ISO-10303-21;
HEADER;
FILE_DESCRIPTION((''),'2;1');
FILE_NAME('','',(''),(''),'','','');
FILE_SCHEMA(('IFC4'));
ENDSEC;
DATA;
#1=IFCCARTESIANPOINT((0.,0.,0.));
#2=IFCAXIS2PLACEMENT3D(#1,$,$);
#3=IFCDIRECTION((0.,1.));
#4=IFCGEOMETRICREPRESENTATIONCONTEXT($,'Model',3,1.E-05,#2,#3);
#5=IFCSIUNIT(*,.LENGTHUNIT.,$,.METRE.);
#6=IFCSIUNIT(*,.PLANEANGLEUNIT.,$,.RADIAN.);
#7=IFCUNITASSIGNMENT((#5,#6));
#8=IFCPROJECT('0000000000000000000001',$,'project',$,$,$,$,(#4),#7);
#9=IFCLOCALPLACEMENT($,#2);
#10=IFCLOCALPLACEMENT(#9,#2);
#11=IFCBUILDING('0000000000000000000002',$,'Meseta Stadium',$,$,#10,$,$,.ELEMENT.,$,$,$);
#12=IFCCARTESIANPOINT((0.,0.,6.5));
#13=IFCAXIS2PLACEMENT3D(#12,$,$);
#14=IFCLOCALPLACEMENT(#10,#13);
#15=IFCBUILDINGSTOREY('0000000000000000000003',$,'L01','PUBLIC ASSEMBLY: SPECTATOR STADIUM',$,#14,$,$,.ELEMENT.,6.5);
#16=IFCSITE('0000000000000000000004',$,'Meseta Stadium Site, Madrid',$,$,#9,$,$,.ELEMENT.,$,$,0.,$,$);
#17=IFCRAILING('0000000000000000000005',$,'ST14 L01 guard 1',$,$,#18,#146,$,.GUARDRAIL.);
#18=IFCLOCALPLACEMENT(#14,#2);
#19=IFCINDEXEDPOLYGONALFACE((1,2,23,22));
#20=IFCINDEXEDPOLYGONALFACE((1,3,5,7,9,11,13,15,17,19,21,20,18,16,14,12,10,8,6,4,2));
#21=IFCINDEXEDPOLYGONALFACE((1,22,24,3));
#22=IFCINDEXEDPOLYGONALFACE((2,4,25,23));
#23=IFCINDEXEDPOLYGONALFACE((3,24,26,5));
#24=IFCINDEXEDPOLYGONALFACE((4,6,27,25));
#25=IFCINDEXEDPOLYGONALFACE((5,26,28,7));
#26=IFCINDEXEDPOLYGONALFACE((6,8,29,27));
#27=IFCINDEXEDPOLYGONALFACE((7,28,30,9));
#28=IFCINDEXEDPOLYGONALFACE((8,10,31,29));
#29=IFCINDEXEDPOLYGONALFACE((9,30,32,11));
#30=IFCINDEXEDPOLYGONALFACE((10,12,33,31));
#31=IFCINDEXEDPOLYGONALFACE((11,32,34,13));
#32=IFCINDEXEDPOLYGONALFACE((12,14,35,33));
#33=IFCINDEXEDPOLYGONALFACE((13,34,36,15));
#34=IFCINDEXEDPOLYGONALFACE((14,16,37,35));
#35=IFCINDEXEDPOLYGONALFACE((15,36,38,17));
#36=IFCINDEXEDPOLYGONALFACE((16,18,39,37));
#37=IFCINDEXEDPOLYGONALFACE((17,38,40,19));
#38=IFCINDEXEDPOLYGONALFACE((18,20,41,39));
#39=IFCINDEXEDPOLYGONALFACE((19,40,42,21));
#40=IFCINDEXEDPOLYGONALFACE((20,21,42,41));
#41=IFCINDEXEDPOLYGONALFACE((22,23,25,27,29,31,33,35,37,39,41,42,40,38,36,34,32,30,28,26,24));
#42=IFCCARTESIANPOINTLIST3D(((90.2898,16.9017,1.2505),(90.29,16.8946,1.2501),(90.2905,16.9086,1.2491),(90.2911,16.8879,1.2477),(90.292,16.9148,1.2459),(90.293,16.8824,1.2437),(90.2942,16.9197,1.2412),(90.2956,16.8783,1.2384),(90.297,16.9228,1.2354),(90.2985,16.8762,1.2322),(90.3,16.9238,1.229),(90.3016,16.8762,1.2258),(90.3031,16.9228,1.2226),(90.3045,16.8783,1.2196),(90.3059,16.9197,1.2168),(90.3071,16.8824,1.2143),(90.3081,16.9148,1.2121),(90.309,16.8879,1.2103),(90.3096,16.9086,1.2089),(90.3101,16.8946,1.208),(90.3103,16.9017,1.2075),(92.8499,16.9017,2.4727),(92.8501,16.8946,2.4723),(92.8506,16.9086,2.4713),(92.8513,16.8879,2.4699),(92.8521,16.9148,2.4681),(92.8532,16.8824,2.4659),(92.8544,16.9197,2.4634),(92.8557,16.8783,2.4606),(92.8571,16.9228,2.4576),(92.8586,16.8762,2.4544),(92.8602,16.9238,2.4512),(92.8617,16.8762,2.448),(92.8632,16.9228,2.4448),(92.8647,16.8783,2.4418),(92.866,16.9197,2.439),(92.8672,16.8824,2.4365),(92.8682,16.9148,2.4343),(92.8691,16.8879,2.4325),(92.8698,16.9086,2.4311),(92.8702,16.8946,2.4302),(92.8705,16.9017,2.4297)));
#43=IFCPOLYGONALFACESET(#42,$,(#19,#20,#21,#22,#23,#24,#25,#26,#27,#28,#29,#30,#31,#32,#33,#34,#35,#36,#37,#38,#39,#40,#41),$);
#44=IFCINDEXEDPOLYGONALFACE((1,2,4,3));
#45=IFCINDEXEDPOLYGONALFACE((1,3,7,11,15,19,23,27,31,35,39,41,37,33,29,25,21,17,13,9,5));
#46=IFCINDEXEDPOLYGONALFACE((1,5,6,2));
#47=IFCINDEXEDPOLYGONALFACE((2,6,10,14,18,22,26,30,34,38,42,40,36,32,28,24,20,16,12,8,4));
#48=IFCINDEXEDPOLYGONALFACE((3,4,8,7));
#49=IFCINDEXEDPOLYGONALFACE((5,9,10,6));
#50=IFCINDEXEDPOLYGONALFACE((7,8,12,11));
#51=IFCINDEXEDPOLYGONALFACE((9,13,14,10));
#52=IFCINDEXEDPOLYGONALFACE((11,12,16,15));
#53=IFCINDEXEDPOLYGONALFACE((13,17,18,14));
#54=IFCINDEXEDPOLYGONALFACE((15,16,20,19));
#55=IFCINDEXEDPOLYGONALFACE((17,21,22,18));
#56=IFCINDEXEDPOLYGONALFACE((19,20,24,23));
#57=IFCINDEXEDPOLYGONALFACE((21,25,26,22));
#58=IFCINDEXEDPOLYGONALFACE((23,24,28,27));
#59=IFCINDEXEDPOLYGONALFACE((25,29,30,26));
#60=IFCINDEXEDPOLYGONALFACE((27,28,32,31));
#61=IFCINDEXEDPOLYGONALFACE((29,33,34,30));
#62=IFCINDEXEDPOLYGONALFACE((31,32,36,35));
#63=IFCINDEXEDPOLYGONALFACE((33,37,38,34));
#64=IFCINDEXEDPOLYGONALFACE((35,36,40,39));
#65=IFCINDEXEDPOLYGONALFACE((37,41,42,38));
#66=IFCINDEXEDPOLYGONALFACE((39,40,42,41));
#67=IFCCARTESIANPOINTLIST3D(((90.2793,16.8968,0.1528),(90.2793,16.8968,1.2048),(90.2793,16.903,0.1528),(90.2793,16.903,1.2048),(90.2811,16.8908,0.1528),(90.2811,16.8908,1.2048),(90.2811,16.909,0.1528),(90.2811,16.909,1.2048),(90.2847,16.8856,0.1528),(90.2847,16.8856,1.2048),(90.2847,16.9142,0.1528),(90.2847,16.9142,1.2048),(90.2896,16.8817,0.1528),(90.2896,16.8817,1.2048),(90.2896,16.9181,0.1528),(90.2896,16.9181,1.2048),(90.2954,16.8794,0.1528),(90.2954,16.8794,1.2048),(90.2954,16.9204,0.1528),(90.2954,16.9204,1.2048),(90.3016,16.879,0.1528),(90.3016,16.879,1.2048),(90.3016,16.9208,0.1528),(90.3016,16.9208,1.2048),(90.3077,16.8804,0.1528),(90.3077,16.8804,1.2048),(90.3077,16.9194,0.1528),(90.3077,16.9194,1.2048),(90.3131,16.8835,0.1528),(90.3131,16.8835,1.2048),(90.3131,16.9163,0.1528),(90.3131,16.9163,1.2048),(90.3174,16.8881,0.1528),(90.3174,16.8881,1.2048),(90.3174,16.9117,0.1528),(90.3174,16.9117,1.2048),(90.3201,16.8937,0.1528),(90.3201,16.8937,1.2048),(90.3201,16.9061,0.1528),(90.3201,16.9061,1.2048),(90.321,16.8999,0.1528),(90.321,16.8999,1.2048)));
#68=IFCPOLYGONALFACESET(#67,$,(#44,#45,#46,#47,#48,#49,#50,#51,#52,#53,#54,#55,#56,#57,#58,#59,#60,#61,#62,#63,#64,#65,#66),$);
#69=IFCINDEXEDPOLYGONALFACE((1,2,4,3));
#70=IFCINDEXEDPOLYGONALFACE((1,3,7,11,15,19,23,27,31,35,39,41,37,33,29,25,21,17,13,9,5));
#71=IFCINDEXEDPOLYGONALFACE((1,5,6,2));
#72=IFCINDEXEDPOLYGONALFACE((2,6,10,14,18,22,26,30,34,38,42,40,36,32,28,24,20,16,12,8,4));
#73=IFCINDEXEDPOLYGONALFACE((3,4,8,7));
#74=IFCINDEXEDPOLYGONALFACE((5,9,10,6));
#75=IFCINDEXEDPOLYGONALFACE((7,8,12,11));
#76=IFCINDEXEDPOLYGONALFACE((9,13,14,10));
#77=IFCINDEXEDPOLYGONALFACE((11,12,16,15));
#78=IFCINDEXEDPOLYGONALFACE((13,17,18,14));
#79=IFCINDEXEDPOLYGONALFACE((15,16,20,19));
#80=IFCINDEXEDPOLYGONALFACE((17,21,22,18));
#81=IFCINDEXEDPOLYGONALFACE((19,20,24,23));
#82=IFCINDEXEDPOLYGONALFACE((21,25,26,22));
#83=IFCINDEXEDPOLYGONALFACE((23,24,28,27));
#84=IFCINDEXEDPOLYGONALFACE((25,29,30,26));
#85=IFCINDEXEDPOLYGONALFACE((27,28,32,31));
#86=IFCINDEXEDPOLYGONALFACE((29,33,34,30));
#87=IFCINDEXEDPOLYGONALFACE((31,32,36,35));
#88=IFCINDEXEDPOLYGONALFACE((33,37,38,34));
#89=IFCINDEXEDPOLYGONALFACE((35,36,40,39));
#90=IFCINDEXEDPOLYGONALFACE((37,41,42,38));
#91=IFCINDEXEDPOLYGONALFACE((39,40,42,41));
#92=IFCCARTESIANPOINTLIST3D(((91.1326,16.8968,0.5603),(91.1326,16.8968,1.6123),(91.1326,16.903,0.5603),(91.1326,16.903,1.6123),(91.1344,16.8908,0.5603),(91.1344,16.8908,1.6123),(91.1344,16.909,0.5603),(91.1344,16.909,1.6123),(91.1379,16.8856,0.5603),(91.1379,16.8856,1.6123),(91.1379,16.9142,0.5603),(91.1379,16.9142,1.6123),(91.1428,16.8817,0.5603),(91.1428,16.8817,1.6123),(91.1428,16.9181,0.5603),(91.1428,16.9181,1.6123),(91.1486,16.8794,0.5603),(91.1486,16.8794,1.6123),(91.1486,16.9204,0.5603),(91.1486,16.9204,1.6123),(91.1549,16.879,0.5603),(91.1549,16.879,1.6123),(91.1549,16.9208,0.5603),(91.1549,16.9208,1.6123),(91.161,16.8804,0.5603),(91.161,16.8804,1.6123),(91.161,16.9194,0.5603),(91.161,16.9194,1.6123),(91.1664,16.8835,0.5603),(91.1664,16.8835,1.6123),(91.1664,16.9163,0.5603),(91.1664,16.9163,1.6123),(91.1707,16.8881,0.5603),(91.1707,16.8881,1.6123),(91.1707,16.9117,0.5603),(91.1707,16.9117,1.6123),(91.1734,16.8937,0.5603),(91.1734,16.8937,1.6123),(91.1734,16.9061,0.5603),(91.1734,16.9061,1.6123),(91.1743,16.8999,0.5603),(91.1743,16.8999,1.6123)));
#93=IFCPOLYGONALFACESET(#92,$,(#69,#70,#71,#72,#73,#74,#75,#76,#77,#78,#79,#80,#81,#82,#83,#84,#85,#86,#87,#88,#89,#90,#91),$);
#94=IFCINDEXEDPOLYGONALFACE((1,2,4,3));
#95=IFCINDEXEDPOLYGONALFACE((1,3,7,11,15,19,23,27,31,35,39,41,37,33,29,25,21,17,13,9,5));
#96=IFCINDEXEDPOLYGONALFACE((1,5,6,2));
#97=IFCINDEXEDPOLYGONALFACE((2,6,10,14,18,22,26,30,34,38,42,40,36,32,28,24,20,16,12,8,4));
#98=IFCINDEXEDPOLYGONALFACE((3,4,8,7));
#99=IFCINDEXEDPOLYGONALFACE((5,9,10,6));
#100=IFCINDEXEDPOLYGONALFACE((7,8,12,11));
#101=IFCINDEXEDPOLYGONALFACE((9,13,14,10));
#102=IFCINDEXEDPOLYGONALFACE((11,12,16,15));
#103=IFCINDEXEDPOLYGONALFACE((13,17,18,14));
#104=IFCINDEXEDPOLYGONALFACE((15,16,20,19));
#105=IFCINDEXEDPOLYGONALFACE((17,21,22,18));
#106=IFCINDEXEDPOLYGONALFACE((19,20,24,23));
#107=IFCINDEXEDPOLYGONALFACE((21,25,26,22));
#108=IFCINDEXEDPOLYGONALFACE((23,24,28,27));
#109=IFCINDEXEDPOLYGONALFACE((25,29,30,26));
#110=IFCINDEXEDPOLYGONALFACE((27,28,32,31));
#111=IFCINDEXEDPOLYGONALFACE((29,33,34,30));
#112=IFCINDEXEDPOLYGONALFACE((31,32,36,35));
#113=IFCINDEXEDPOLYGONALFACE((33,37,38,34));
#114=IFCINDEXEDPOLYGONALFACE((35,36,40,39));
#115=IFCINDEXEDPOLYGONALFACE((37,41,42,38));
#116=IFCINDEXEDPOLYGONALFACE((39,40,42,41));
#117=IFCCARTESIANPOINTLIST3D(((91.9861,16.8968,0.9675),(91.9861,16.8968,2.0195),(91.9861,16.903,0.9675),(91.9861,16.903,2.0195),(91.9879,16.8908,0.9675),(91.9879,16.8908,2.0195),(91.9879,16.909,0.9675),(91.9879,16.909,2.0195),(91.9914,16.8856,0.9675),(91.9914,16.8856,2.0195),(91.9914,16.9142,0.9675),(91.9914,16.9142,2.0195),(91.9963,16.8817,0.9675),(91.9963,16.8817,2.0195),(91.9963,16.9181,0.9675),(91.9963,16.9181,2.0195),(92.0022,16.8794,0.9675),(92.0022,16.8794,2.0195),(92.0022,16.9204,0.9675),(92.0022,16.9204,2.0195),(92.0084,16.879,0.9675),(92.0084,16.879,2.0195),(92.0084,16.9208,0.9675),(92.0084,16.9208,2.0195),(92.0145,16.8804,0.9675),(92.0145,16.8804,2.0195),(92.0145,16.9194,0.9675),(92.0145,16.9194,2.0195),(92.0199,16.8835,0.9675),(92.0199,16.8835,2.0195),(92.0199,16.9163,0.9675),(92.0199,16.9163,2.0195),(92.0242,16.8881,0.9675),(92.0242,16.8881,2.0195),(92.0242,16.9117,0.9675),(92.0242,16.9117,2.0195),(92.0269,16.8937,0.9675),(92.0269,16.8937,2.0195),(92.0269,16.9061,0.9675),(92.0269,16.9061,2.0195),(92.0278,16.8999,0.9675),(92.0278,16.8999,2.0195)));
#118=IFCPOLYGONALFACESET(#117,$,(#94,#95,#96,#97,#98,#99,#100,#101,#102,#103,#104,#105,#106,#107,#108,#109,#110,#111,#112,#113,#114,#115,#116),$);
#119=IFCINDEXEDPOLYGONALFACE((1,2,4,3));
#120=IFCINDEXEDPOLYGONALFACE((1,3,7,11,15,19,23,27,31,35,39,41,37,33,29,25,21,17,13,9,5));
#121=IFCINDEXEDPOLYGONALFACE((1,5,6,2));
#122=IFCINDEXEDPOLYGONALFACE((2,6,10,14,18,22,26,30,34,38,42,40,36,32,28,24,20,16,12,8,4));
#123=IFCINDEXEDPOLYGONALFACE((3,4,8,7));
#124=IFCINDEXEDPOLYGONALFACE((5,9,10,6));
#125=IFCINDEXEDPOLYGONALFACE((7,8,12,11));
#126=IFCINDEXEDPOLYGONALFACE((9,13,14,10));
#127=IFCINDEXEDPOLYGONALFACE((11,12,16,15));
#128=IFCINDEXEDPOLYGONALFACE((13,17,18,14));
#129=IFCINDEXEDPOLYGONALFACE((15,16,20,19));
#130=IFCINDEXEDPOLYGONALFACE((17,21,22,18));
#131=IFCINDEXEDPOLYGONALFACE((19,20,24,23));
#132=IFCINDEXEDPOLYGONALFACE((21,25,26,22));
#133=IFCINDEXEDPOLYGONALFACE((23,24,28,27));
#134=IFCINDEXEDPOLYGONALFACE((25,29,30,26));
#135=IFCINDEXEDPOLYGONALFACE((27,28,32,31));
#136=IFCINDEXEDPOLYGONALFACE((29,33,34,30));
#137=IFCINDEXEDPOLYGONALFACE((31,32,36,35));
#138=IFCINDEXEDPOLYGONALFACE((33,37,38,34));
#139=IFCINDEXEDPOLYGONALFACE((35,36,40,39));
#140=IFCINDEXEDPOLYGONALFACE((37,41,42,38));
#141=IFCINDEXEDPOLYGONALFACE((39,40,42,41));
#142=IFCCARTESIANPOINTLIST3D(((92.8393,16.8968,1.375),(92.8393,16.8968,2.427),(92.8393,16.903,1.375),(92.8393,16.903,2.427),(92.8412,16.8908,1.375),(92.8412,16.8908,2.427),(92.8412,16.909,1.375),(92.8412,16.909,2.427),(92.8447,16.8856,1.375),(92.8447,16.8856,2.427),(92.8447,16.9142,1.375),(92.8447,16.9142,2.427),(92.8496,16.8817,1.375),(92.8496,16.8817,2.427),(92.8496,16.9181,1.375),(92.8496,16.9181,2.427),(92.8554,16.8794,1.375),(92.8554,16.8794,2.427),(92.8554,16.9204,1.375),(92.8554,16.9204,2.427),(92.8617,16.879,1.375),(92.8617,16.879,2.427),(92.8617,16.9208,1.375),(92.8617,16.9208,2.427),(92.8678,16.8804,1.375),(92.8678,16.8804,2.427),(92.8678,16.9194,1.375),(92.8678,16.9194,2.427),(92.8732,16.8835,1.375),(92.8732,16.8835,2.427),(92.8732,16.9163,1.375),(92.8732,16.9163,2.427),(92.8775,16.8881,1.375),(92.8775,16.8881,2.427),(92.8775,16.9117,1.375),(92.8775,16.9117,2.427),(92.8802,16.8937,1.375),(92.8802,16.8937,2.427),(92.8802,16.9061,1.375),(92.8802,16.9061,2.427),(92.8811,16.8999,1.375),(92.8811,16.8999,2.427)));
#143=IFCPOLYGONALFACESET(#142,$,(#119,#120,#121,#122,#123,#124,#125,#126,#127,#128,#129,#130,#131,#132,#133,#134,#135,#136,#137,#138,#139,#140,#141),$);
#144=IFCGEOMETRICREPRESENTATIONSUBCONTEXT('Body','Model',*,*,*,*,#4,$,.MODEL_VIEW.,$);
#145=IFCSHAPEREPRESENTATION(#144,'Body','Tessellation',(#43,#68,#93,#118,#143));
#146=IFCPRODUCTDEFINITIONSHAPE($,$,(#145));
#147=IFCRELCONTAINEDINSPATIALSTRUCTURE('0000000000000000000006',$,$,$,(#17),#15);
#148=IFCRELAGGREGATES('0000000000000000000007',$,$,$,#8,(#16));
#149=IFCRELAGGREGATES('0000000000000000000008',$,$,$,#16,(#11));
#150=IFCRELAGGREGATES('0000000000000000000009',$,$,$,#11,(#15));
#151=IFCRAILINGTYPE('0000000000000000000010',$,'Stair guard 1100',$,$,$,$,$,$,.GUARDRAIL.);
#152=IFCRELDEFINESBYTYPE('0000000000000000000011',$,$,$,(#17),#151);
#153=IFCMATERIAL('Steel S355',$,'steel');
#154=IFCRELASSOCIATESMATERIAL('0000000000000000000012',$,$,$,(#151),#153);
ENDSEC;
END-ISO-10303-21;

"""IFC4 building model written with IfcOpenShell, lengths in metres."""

from ifc_helpers import new_model, si_unit, direction, frame, origin, origin_2d, place, context, subcontext, project, spatial, circle, extrude, material, type_object, element, save


model = new_model("IFC4")

# Units and contexts
model_context = context("Model", 3, precision=1e-05, world=origin(), true_north=direction((0.0, 1.0)))
body_context = subcontext(model_context, "Body", "Model", "MODEL_VIEW")
ifc_project = project(units=[si_unit("LENGTHUNIT", "METRE"), si_unit("PLANEANGLEUNIT", "RADIAN")], contexts=[model_context])

# Site, building, storey
site_placement = place(None, origin())
site = spatial("IfcSite", under=ifc_project, at=site_placement, Name="Meseta Stadium Site, Madrid", CompositionType="ELEMENT", RefElevation=0.0)
building_placement = place(site_placement, origin())
building = spatial("IfcBuilding", under=site, at=building_placement, Name="Meseta Stadium", CompositionType="ELEMENT")
storey_placement = place(building_placement, frame((0.0, 0.0, 6.5)))
storey = spatial("IfcBuildingStorey", under=building, at=storey_placement, Name="L01", Description="PUBLIC ASSEMBLY: SPECTATOR STADIUM", CompositionType="ELEMENT", Elevation=6.5)

# Railing
ifc_material_1 = material(Name="Steel S355", Category="steel")
railing_type_1 = type_object("IfcRailingType", Name="Stair guard 1100", PredefinedType="GUARDRAIL", material=ifc_material_1)
railing_1_placement = place(storey_placement, frame((90.3, 16.8999, 0.1528)))
element("IfcRailing", 1, at=railing_1_placement, inside=storey, type_object=railing_type_1, Name="ST14 L01 guard 1", PredefinedType="GUARDRAIL", context=body_context, shape_type="SweptSolid", body=[
    extrude(circle(Radius=0.0239, at=origin_2d()), frame((0.0, 0.0, 1.0762), z_axis=(0.902437, 0.0, 0.430822), x_axis=(0.0, 1.0, 0.0)), (0.0, 0.0, 1.0), 2.8369),
    extrude(circle(Radius=0.021, at=origin_2d()), origin(), (0.0, 0.0, 1.0), 1.052),
    extrude(circle(Radius=0.021, at=origin_2d()), frame((0.8533, 0.0, 0.4075)), (0.0, 0.0, 1.0), 1.052),
    extrude(circle(Radius=0.021, at=origin_2d()), frame((1.7068, 0.0, 0.8147)), (0.0, 0.0, 1.0), 1.052),
    extrude(circle(Radius=0.021, at=origin_2d()), frame((2.5601, 0.0, 1.2222)), (0.0, 0.0, 1.0), 1.052),
])

save(model, "model.ifc")
